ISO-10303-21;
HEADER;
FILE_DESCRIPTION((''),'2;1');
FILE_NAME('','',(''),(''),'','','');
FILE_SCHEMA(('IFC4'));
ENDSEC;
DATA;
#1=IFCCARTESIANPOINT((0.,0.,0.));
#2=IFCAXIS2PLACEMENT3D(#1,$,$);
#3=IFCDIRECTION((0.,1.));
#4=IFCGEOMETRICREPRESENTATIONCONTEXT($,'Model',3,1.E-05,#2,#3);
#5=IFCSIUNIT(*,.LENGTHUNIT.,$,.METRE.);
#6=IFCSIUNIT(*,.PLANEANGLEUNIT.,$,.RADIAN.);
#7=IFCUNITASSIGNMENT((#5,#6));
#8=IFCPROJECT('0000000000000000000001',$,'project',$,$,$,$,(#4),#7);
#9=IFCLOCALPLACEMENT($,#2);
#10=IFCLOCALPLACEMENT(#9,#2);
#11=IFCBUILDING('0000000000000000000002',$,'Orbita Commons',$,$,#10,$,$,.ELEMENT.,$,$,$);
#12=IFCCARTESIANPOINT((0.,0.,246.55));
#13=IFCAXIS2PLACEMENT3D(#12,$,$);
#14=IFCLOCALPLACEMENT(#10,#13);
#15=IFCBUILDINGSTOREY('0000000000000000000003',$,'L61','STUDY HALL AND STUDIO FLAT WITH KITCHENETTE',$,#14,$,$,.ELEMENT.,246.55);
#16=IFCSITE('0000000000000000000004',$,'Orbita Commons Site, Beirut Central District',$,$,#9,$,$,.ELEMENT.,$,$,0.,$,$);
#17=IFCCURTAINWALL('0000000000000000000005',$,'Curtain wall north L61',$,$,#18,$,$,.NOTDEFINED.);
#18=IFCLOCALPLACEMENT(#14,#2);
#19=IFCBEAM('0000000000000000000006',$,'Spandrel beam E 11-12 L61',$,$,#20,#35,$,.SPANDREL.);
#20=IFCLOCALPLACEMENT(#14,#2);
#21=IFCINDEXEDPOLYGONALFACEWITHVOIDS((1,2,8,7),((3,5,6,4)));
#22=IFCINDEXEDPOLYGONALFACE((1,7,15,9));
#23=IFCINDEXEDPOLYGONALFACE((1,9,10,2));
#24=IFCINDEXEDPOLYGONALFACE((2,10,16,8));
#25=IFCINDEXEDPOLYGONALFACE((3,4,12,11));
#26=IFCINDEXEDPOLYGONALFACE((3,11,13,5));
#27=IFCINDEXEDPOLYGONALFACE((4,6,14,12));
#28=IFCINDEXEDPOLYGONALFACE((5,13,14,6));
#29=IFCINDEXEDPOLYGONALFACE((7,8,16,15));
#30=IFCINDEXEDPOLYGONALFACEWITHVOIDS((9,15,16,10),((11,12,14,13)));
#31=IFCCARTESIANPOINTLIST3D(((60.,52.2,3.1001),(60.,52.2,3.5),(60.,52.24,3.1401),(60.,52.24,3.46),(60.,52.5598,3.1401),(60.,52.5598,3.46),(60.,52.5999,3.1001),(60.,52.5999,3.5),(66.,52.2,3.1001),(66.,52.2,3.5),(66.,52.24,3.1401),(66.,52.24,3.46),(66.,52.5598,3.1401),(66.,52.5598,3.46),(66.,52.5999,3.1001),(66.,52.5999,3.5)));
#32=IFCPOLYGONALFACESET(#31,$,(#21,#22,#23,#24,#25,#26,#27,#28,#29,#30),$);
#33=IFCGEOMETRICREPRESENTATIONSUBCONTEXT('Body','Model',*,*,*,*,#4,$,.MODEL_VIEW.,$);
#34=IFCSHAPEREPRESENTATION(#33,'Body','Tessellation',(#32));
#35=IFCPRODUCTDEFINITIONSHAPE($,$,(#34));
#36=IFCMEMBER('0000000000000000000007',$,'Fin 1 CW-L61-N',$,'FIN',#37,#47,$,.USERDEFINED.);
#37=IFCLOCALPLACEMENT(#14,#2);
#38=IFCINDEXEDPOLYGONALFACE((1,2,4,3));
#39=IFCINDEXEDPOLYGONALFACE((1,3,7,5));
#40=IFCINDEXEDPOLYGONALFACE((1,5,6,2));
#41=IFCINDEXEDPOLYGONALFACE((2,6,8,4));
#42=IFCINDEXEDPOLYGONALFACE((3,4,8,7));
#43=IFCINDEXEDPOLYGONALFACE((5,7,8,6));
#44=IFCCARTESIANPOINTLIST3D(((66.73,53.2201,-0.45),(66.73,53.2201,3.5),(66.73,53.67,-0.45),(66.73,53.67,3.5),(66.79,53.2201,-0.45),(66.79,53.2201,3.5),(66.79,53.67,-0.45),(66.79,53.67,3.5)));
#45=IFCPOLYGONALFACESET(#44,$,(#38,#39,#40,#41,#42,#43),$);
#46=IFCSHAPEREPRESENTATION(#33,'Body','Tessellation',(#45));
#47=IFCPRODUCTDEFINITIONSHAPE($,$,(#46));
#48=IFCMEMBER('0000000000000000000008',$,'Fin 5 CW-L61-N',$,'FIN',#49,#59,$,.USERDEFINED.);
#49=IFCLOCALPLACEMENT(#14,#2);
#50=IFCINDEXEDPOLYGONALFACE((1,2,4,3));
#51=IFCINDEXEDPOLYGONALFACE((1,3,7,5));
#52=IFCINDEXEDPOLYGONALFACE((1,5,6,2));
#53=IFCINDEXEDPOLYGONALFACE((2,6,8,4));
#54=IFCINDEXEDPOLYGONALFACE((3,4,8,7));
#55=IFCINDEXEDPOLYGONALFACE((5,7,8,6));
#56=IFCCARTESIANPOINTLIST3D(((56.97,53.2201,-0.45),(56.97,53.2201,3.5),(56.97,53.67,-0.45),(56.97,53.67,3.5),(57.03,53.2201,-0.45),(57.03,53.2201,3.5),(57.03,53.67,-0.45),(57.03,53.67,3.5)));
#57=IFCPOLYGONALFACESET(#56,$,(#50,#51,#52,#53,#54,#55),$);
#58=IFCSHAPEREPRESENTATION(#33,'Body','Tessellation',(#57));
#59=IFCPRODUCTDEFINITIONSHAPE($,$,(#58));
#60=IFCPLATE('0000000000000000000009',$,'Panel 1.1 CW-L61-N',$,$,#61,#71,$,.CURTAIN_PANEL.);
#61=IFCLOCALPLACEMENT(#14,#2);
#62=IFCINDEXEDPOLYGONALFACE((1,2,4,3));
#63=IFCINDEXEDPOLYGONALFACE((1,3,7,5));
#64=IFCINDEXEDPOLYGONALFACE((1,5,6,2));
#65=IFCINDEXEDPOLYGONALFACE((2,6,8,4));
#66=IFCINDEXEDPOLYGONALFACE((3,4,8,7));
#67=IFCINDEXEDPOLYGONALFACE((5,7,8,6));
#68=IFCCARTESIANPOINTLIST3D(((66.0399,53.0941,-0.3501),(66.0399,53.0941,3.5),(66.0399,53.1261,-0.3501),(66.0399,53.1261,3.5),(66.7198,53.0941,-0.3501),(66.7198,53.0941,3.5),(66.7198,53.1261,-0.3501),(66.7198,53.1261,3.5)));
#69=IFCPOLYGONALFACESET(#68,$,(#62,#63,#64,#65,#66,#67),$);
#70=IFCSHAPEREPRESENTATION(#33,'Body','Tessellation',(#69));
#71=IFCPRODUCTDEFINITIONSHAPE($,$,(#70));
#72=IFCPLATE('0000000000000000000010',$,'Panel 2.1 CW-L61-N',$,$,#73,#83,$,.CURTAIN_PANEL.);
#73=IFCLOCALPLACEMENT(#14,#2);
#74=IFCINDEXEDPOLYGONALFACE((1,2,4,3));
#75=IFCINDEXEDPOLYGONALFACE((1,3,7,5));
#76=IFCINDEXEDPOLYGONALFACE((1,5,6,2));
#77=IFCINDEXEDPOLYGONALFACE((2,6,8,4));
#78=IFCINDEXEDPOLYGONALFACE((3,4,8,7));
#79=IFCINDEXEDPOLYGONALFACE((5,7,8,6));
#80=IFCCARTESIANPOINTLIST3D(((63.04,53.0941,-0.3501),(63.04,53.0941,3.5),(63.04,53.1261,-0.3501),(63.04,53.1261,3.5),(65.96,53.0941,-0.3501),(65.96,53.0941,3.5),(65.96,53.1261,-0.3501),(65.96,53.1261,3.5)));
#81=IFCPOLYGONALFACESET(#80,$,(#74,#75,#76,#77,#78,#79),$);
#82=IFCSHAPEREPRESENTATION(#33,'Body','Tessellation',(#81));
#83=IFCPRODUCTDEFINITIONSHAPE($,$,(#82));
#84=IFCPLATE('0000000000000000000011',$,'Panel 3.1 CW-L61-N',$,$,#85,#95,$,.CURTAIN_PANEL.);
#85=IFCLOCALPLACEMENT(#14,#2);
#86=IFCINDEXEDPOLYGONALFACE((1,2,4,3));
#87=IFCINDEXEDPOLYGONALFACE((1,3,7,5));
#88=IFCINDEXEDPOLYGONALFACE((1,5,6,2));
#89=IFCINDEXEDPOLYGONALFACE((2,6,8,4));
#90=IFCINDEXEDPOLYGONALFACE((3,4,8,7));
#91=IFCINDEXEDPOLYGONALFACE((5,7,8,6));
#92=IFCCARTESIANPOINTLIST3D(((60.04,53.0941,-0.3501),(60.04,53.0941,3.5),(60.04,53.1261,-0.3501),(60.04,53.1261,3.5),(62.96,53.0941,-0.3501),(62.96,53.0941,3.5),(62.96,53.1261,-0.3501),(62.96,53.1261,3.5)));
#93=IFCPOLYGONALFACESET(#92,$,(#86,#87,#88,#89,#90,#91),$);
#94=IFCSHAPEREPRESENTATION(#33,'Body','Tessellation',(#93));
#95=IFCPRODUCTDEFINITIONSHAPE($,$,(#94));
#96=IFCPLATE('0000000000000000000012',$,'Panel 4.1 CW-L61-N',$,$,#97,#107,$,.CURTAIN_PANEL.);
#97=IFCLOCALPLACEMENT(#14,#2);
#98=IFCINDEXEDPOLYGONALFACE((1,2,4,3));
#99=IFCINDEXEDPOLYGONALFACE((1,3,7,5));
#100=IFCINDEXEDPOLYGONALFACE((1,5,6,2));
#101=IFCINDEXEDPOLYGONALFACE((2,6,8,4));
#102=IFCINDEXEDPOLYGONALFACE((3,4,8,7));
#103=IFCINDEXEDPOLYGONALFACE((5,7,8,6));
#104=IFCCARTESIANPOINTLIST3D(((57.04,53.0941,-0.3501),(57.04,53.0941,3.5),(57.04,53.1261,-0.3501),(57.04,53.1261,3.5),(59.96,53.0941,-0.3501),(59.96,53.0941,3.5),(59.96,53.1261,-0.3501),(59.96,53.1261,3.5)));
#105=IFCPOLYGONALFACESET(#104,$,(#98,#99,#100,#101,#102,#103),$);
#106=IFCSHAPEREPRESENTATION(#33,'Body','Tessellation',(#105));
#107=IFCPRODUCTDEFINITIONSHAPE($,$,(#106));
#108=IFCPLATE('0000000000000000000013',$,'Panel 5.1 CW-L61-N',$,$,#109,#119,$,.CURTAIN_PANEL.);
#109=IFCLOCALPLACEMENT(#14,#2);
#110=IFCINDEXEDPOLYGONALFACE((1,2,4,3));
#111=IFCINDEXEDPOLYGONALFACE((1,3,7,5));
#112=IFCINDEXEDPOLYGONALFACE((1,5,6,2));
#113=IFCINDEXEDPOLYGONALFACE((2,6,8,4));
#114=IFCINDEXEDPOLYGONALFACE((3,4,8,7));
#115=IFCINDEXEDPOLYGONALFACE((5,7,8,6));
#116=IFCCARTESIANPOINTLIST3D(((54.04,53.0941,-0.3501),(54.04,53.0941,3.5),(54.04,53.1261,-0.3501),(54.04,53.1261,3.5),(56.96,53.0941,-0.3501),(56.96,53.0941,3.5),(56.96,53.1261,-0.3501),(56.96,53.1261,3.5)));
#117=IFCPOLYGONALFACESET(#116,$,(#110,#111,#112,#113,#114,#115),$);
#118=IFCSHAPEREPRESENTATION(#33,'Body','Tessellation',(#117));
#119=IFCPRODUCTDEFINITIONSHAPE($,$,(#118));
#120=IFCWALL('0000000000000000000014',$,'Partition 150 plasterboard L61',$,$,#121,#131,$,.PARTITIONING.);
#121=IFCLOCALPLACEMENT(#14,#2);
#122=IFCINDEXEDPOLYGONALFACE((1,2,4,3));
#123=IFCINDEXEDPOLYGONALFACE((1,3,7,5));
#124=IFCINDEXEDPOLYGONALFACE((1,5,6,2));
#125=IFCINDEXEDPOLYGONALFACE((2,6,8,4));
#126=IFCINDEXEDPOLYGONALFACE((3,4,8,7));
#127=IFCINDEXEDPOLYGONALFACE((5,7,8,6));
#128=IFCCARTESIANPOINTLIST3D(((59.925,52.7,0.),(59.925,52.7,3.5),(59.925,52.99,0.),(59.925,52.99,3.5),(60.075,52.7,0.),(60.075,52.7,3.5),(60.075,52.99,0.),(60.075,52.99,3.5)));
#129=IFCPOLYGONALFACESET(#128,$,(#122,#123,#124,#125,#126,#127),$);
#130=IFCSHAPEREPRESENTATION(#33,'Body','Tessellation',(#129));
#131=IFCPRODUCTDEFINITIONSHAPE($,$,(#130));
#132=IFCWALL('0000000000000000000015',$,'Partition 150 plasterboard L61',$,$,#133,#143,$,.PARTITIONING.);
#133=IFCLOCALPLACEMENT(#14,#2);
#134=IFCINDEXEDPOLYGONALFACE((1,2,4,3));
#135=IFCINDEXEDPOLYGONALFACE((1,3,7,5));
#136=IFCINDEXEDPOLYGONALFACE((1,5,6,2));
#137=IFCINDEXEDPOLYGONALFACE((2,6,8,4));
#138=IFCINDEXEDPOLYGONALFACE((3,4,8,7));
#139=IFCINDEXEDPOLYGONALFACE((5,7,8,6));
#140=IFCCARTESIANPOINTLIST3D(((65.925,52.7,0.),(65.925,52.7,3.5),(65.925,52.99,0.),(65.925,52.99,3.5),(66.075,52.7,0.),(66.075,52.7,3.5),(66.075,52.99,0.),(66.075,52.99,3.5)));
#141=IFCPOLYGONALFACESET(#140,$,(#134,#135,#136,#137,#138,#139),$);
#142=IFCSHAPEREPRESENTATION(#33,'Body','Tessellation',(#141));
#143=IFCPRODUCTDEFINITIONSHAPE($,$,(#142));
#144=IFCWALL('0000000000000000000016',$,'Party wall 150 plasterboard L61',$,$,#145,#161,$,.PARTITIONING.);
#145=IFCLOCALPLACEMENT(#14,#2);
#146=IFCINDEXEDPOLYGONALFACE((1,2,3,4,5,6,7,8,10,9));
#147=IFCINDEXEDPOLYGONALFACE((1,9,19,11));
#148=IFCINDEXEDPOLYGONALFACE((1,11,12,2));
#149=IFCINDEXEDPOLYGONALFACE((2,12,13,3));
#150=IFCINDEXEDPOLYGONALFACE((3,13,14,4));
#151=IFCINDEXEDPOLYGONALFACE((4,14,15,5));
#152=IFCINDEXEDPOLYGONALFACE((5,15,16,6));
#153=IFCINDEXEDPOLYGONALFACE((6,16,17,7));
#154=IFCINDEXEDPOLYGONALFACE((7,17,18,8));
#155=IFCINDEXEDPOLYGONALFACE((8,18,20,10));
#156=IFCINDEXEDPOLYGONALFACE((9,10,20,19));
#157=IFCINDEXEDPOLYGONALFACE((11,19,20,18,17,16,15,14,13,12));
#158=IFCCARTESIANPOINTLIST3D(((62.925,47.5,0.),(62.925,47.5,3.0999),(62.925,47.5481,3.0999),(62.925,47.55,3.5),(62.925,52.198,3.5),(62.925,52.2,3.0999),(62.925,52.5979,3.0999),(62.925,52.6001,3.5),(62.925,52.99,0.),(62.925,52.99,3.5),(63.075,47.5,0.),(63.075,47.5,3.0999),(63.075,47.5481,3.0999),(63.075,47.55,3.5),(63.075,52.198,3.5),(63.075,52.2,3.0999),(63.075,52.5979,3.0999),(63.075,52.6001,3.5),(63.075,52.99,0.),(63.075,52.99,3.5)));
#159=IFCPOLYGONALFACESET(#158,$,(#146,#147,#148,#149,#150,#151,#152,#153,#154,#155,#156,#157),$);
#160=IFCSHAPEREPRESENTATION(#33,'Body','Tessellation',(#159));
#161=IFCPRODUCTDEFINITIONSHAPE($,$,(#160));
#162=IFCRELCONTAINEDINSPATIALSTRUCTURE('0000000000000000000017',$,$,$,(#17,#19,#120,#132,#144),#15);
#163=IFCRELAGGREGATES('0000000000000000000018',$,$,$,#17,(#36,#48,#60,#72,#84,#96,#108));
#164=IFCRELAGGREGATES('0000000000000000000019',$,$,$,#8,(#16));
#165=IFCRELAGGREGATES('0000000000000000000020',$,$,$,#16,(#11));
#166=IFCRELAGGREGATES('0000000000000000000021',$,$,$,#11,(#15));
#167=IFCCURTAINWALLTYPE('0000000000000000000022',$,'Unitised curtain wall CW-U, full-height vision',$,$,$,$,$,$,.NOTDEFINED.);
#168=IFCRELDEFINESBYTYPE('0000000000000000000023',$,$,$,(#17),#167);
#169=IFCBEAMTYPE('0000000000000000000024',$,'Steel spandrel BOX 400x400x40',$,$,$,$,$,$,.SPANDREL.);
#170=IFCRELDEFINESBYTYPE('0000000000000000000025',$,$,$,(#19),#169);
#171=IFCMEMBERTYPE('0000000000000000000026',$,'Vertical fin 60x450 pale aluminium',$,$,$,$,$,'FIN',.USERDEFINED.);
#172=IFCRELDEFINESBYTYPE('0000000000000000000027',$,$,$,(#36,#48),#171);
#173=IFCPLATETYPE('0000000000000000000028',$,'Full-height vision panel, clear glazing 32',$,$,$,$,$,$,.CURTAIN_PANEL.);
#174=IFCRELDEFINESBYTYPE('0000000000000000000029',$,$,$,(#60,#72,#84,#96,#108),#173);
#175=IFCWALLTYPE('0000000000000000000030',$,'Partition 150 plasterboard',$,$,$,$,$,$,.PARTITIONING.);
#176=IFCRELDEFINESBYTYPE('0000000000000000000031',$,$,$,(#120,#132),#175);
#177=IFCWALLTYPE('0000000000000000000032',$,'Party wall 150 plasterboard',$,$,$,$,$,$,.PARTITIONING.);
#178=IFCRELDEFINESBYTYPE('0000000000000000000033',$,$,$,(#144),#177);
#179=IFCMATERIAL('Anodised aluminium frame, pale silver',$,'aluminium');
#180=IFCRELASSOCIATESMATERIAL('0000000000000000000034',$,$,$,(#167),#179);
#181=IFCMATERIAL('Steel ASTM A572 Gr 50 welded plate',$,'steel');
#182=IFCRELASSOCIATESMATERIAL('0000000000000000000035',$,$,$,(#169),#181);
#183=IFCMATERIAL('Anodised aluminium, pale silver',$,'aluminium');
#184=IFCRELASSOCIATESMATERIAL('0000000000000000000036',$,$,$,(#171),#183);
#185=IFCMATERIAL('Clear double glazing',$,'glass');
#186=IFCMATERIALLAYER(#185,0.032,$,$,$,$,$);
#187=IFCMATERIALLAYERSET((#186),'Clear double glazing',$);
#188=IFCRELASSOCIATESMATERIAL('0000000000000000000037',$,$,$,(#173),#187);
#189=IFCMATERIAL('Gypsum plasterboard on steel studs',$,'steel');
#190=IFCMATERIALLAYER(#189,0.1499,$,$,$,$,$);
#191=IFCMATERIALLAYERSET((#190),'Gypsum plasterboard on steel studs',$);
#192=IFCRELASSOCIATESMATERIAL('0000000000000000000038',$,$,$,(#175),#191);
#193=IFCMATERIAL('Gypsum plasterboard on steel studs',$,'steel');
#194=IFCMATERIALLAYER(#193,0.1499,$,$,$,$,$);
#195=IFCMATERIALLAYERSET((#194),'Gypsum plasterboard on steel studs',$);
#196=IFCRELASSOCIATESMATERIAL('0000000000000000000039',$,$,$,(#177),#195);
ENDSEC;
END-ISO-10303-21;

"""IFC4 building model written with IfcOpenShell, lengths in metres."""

from ifc_helpers import new_model, si_unit, direction, frame, frame_2d, origin, origin_2d, place, context, subcontext, project, spatial, polyline, rectangle, hollow_rectangle, outline, extrude, material, layer, layer_set, material_profile, profile_set, type_object, element, aggregate, save


model = new_model("IFC4")

# Units and contexts
model_context = context("Model", 3, precision=1e-05, world=origin(), true_north=direction((0.0, 1.0)))
body_context = subcontext(model_context, "Body", "Model", "MODEL_VIEW")
ifc_project = project(units=[si_unit("LENGTHUNIT", "METRE"), si_unit("PLANEANGLEUNIT", "RADIAN")], contexts=[model_context])

# Site, building, storey
site_placement = place(None, origin())
site = spatial("IfcSite", under=ifc_project, at=site_placement, Name="Orbita Commons Site, Beirut Central District", CompositionType="ELEMENT", RefElevation=0.0)
building_placement = place(site_placement, origin())
building = spatial("IfcBuilding", under=site, at=building_placement, Name="Orbita Commons", CompositionType="ELEMENT")
storey_placement = place(building_placement, frame((0.0, 0.0, 246.55)))
storey = spatial("IfcBuildingStorey", under=building, at=storey_placement, Name="L61", Description="STUDY HALL AND STUDIO FLAT WITH KITCHENETTE", CompositionType="ELEMENT", Elevation=246.55)

# Curtain wall
ifc_material_1 = material(Name="Anodised aluminium frame, pale silver", Category="aluminium")
curtain_wall_type = type_object("IfcCurtainWallType", Name="Unitised curtain wall CW-U, full-height vision", PredefinedType="NOTDEFINED", material=ifc_material_1)
curtain_wall_placement = place(storey_placement, origin())
curtain_wall = element("IfcCurtainWall", 1, at=curtain_wall_placement, inside=storey, type_object=curtain_wall_type, Name="Curtain wall north L61", PredefinedType="NOTDEFINED")

# Beam
ifc_material_2 = material(Name="Steel ASTM A572 Gr 50 welded plate", Category="steel")
ifc_material_profile_1 = material_profile(ifc_material_2, hollow_rectangle(XDim=0.3999, YDim=0.3999, WallThickness=0.04, at=origin_2d()), Name="BOX 400x400x40")
ifc_profile_set_1 = profile_set([ifc_material_profile_1], Name="Steel ASTM A572 Gr 50 welded plate")
beam_type = type_object("IfcBeamType", Name="Steel spandrel BOX 400x400x40", PredefinedType="SPANDREL", material=ifc_profile_set_1)
beam_placement = place(storey_placement, frame((60.0, 52.3999, 3.3), z_axis=(1.0, 0.0, 0.0), x_axis=(0.0, 1.0, 0.0)))
element("IfcBeam", 2, at=beam_placement, inside=storey, type_object=beam_type, Name="Spandrel beam E 11-12 L61", PredefinedType="SPANDREL", context=body_context, shape_type="SweptSolid", body=[
    extrude(hollow_rectangle(XDim=0.3999, YDim=0.3999, WallThickness=0.04, at=origin_2d()), origin(), (0.0, 0.0, 1.0), 6.0),
])

# Members
ifc_material_3 = material(Name="Anodised aluminium, pale silver", Category="aluminium")
ifc_material_profile_2 = material_profile(ifc_material_3, rectangle(XDim=0.0601, YDim=0.45, at=origin_2d()), Name="FIN 60x450")
ifc_profile_set_2 = profile_set([ifc_material_profile_2], Name="Anodised aluminium, pale silver")
member_type_1 = type_object("IfcMemberType", Name="Vertical fin 60x450 pale aluminium", ElementType="FIN", PredefinedType="USERDEFINED", material=ifc_profile_set_2)
member_1_placement = place(storey_placement, frame((66.76, 53.4451, -0.45), z_axis=(0.0, 0.0, 1.0), x_axis=(-1.0, 0.0, 0.0)))
member_1 = element("IfcMember", 3, at=member_1_placement, type_object=member_type_1, Name="Fin 1 CW-L61-N", ObjectType="FIN", PredefinedType="USERDEFINED", context=body_context, shape_type="SweptSolid", body=[
    extrude(rectangle(XDim=0.0601, YDim=0.45, at=origin_2d()), origin(), (0.0, 0.0, 1.0), 3.95),
])
member_2_placement = place(storey_placement, frame((57.0, 53.4451, -0.45), z_axis=(0.0, 0.0, 1.0), x_axis=(-1.0, 0.0, 0.0)))
member_2 = element("IfcMember", 4, at=member_2_placement, type_object=member_type_1, Name="Fin 5 CW-L61-N", ObjectType="FIN", PredefinedType="USERDEFINED", context=body_context, shape_type="SweptSolid", body=[
    extrude(rectangle(XDim=0.0601, YDim=0.45, at=origin_2d()), origin(), (0.0, 0.0, 1.0), 3.95),
])

# Plates
ifc_material_4 = material(Name="Clear double glazing", Category="glass")
ifc_layer_1 = layer(ifc_material_4, 0.032)
ifc_layer_set_1 = layer_set([ifc_layer_1], Name="Clear double glazing")
plate_type = type_object("IfcPlateType", Name="Full-height vision panel, clear glazing 32", PredefinedType="CURTAIN_PANEL", material=ifc_layer_set_1)
plate_1_placement = place(storey_placement, frame((66.3799, 53.1101, -0.3501), z_axis=(0.0, 0.0, 1.0), x_axis=(-1.0, 0.0, 0.0)))
plate_1 = element("IfcPlate", 5, at=plate_1_placement, type_object=plate_type, Name="Panel 1.1 CW-L61-N", PredefinedType="CURTAIN_PANEL", context=body_context, shape_type="SweptSolid", body=[
    extrude(rectangle(XDim=0.6799, YDim=0.032, at=origin_2d()), origin(), (0.0, 0.0, 1.0), 3.8501),
])
plate_2_placement = place(storey_placement, frame((64.5, 53.1101, -0.3501), z_axis=(0.0, 0.0, 1.0), x_axis=(-1.0, 0.0, 0.0)))
plate_2 = element("IfcPlate", 6, at=plate_2_placement, type_object=plate_type, Name="Panel 2.1 CW-L61-N", PredefinedType="CURTAIN_PANEL", context=body_context, shape_type="SweptSolid", body=[
    extrude(rectangle(XDim=2.9199, YDim=0.032, at=origin_2d()), origin(), (0.0, 0.0, 1.0), 3.8501),
])
plate_3_placement = place(storey_placement, frame((61.5, 53.1101, -0.3501), z_axis=(0.0, 0.0, 1.0), x_axis=(-1.0, 0.0, 0.0)))
plate_3 = element("IfcPlate", 7, at=plate_3_placement, type_object=plate_type, Name="Panel 3.1 CW-L61-N", PredefinedType="CURTAIN_PANEL", context=body_context, shape_type="SweptSolid", body=[
    extrude(rectangle(XDim=2.9199, YDim=0.032, at=origin_2d()), origin(), (0.0, 0.0, 1.0), 3.8501),
])
plate_4_placement = place(storey_placement, frame((58.5, 53.1101, -0.3501), z_axis=(0.0, 0.0, 1.0), x_axis=(-1.0, 0.0, 0.0)))
plate_4 = element("IfcPlate", 8, at=plate_4_placement, type_object=plate_type, Name="Panel 4.1 CW-L61-N", PredefinedType="CURTAIN_PANEL", context=body_context, shape_type="SweptSolid", body=[
    extrude(rectangle(XDim=2.9199, YDim=0.032, at=origin_2d()), origin(), (0.0, 0.0, 1.0), 3.8501),
])
plate_5_placement = place(storey_placement, frame((55.5, 53.1101, -0.3501), z_axis=(0.0, 0.0, 1.0), x_axis=(-1.0, 0.0, 0.0)))
plate_5 = element("IfcPlate", 9, at=plate_5_placement, type_object=plate_type, Name="Panel 5.1 CW-L61-N", PredefinedType="CURTAIN_PANEL", context=body_context, shape_type="SweptSolid", body=[
    extrude(rectangle(XDim=2.9199, YDim=0.032, at=origin_2d()), origin(), (0.0, 0.0, 1.0), 3.8501),
])
aggregate(curtain_wall, [member_1, member_2, plate_1, plate_2, plate_3, plate_4, plate_5])

# Walls
ifc_material_5 = material(Name="Gypsum plasterboard on steel studs", Category="steel")
ifc_layer_2 = layer(ifc_material_5, 0.1499)
ifc_layer_set_2 = layer_set([ifc_layer_2], Name="Gypsum plasterboard on steel studs")
wall_type_1 = type_object("IfcWallType", Name="Partition 150 plasterboard", PredefinedType="PARTITIONING", material=ifc_layer_set_2)
for number, where, z_axis, x_axis, name in (
    (10, (60.0, 52.7, 0.0), (0.0, 0.0, 1.0), (0.0, 1.0, 0.0), "Partition 150 plasterboard L61"),
    (11, (66.0, 52.7, 0.0), (0.0, 0.0, 1.0), (0.0, 1.0, 0.0), "Partition 150 plasterboard L61"),
):
    element("IfcWall", number, at=place(storey_placement, frame(where, z_axis=z_axis, x_axis=x_axis)), inside=storey, type_object=wall_type_1, Name=name, PredefinedType="PARTITIONING", context=body_context, shape_type="SweptSolid", body=[
        extrude(rectangle(XDim=0.29, YDim=0.1499, at=frame_2d((0.145, 0.0))), origin(), (0.0, 0.0, 1.0), 3.5),
    ])
ifc_material_6 = material(Name="Gypsum plasterboard on steel studs", Category="steel")
ifc_layer_3 = layer(ifc_material_6, 0.1499)
ifc_layer_set_3 = layer_set([ifc_layer_3], Name="Gypsum plasterboard on steel studs")
wall_type_2 = type_object("IfcWallType", Name="Party wall 150 plasterboard", PredefinedType="PARTITIONING", material=ifc_layer_set_3)
wall_1_placement = place(storey_placement, frame((63.0, 52.99, 0.0), z_axis=(0.0, 0.0, 1.0), x_axis=(0.0, -1.0, 0.0)))
element("IfcWall", 12, at=wall_1_placement, inside=storey, type_object=wall_type_2, Name="Party wall 150 plasterboard L61", PredefinedType="PARTITIONING", context=body_context, shape_type="SweptSolid", body=[
    extrude(outline(polyline([(0.0, 0.0), (5.49, 0.0), (5.49, 3.0999), (5.4419, 3.0999), (5.4399, 3.5), (0.792, 3.5), (0.79, 3.0999), (0.3921, 3.0999), (0.3899, 3.5), (0.0, 3.5), (0.0, 0.0)])), frame((0.0, 0.075, 0.0), z_axis=(0.0, -1.0, 0.0), x_axis=(1.0, 0.0, 0.0)), (0.0, 0.0, 1.0), 0.1499),
])

save(model, "model.ifc")
